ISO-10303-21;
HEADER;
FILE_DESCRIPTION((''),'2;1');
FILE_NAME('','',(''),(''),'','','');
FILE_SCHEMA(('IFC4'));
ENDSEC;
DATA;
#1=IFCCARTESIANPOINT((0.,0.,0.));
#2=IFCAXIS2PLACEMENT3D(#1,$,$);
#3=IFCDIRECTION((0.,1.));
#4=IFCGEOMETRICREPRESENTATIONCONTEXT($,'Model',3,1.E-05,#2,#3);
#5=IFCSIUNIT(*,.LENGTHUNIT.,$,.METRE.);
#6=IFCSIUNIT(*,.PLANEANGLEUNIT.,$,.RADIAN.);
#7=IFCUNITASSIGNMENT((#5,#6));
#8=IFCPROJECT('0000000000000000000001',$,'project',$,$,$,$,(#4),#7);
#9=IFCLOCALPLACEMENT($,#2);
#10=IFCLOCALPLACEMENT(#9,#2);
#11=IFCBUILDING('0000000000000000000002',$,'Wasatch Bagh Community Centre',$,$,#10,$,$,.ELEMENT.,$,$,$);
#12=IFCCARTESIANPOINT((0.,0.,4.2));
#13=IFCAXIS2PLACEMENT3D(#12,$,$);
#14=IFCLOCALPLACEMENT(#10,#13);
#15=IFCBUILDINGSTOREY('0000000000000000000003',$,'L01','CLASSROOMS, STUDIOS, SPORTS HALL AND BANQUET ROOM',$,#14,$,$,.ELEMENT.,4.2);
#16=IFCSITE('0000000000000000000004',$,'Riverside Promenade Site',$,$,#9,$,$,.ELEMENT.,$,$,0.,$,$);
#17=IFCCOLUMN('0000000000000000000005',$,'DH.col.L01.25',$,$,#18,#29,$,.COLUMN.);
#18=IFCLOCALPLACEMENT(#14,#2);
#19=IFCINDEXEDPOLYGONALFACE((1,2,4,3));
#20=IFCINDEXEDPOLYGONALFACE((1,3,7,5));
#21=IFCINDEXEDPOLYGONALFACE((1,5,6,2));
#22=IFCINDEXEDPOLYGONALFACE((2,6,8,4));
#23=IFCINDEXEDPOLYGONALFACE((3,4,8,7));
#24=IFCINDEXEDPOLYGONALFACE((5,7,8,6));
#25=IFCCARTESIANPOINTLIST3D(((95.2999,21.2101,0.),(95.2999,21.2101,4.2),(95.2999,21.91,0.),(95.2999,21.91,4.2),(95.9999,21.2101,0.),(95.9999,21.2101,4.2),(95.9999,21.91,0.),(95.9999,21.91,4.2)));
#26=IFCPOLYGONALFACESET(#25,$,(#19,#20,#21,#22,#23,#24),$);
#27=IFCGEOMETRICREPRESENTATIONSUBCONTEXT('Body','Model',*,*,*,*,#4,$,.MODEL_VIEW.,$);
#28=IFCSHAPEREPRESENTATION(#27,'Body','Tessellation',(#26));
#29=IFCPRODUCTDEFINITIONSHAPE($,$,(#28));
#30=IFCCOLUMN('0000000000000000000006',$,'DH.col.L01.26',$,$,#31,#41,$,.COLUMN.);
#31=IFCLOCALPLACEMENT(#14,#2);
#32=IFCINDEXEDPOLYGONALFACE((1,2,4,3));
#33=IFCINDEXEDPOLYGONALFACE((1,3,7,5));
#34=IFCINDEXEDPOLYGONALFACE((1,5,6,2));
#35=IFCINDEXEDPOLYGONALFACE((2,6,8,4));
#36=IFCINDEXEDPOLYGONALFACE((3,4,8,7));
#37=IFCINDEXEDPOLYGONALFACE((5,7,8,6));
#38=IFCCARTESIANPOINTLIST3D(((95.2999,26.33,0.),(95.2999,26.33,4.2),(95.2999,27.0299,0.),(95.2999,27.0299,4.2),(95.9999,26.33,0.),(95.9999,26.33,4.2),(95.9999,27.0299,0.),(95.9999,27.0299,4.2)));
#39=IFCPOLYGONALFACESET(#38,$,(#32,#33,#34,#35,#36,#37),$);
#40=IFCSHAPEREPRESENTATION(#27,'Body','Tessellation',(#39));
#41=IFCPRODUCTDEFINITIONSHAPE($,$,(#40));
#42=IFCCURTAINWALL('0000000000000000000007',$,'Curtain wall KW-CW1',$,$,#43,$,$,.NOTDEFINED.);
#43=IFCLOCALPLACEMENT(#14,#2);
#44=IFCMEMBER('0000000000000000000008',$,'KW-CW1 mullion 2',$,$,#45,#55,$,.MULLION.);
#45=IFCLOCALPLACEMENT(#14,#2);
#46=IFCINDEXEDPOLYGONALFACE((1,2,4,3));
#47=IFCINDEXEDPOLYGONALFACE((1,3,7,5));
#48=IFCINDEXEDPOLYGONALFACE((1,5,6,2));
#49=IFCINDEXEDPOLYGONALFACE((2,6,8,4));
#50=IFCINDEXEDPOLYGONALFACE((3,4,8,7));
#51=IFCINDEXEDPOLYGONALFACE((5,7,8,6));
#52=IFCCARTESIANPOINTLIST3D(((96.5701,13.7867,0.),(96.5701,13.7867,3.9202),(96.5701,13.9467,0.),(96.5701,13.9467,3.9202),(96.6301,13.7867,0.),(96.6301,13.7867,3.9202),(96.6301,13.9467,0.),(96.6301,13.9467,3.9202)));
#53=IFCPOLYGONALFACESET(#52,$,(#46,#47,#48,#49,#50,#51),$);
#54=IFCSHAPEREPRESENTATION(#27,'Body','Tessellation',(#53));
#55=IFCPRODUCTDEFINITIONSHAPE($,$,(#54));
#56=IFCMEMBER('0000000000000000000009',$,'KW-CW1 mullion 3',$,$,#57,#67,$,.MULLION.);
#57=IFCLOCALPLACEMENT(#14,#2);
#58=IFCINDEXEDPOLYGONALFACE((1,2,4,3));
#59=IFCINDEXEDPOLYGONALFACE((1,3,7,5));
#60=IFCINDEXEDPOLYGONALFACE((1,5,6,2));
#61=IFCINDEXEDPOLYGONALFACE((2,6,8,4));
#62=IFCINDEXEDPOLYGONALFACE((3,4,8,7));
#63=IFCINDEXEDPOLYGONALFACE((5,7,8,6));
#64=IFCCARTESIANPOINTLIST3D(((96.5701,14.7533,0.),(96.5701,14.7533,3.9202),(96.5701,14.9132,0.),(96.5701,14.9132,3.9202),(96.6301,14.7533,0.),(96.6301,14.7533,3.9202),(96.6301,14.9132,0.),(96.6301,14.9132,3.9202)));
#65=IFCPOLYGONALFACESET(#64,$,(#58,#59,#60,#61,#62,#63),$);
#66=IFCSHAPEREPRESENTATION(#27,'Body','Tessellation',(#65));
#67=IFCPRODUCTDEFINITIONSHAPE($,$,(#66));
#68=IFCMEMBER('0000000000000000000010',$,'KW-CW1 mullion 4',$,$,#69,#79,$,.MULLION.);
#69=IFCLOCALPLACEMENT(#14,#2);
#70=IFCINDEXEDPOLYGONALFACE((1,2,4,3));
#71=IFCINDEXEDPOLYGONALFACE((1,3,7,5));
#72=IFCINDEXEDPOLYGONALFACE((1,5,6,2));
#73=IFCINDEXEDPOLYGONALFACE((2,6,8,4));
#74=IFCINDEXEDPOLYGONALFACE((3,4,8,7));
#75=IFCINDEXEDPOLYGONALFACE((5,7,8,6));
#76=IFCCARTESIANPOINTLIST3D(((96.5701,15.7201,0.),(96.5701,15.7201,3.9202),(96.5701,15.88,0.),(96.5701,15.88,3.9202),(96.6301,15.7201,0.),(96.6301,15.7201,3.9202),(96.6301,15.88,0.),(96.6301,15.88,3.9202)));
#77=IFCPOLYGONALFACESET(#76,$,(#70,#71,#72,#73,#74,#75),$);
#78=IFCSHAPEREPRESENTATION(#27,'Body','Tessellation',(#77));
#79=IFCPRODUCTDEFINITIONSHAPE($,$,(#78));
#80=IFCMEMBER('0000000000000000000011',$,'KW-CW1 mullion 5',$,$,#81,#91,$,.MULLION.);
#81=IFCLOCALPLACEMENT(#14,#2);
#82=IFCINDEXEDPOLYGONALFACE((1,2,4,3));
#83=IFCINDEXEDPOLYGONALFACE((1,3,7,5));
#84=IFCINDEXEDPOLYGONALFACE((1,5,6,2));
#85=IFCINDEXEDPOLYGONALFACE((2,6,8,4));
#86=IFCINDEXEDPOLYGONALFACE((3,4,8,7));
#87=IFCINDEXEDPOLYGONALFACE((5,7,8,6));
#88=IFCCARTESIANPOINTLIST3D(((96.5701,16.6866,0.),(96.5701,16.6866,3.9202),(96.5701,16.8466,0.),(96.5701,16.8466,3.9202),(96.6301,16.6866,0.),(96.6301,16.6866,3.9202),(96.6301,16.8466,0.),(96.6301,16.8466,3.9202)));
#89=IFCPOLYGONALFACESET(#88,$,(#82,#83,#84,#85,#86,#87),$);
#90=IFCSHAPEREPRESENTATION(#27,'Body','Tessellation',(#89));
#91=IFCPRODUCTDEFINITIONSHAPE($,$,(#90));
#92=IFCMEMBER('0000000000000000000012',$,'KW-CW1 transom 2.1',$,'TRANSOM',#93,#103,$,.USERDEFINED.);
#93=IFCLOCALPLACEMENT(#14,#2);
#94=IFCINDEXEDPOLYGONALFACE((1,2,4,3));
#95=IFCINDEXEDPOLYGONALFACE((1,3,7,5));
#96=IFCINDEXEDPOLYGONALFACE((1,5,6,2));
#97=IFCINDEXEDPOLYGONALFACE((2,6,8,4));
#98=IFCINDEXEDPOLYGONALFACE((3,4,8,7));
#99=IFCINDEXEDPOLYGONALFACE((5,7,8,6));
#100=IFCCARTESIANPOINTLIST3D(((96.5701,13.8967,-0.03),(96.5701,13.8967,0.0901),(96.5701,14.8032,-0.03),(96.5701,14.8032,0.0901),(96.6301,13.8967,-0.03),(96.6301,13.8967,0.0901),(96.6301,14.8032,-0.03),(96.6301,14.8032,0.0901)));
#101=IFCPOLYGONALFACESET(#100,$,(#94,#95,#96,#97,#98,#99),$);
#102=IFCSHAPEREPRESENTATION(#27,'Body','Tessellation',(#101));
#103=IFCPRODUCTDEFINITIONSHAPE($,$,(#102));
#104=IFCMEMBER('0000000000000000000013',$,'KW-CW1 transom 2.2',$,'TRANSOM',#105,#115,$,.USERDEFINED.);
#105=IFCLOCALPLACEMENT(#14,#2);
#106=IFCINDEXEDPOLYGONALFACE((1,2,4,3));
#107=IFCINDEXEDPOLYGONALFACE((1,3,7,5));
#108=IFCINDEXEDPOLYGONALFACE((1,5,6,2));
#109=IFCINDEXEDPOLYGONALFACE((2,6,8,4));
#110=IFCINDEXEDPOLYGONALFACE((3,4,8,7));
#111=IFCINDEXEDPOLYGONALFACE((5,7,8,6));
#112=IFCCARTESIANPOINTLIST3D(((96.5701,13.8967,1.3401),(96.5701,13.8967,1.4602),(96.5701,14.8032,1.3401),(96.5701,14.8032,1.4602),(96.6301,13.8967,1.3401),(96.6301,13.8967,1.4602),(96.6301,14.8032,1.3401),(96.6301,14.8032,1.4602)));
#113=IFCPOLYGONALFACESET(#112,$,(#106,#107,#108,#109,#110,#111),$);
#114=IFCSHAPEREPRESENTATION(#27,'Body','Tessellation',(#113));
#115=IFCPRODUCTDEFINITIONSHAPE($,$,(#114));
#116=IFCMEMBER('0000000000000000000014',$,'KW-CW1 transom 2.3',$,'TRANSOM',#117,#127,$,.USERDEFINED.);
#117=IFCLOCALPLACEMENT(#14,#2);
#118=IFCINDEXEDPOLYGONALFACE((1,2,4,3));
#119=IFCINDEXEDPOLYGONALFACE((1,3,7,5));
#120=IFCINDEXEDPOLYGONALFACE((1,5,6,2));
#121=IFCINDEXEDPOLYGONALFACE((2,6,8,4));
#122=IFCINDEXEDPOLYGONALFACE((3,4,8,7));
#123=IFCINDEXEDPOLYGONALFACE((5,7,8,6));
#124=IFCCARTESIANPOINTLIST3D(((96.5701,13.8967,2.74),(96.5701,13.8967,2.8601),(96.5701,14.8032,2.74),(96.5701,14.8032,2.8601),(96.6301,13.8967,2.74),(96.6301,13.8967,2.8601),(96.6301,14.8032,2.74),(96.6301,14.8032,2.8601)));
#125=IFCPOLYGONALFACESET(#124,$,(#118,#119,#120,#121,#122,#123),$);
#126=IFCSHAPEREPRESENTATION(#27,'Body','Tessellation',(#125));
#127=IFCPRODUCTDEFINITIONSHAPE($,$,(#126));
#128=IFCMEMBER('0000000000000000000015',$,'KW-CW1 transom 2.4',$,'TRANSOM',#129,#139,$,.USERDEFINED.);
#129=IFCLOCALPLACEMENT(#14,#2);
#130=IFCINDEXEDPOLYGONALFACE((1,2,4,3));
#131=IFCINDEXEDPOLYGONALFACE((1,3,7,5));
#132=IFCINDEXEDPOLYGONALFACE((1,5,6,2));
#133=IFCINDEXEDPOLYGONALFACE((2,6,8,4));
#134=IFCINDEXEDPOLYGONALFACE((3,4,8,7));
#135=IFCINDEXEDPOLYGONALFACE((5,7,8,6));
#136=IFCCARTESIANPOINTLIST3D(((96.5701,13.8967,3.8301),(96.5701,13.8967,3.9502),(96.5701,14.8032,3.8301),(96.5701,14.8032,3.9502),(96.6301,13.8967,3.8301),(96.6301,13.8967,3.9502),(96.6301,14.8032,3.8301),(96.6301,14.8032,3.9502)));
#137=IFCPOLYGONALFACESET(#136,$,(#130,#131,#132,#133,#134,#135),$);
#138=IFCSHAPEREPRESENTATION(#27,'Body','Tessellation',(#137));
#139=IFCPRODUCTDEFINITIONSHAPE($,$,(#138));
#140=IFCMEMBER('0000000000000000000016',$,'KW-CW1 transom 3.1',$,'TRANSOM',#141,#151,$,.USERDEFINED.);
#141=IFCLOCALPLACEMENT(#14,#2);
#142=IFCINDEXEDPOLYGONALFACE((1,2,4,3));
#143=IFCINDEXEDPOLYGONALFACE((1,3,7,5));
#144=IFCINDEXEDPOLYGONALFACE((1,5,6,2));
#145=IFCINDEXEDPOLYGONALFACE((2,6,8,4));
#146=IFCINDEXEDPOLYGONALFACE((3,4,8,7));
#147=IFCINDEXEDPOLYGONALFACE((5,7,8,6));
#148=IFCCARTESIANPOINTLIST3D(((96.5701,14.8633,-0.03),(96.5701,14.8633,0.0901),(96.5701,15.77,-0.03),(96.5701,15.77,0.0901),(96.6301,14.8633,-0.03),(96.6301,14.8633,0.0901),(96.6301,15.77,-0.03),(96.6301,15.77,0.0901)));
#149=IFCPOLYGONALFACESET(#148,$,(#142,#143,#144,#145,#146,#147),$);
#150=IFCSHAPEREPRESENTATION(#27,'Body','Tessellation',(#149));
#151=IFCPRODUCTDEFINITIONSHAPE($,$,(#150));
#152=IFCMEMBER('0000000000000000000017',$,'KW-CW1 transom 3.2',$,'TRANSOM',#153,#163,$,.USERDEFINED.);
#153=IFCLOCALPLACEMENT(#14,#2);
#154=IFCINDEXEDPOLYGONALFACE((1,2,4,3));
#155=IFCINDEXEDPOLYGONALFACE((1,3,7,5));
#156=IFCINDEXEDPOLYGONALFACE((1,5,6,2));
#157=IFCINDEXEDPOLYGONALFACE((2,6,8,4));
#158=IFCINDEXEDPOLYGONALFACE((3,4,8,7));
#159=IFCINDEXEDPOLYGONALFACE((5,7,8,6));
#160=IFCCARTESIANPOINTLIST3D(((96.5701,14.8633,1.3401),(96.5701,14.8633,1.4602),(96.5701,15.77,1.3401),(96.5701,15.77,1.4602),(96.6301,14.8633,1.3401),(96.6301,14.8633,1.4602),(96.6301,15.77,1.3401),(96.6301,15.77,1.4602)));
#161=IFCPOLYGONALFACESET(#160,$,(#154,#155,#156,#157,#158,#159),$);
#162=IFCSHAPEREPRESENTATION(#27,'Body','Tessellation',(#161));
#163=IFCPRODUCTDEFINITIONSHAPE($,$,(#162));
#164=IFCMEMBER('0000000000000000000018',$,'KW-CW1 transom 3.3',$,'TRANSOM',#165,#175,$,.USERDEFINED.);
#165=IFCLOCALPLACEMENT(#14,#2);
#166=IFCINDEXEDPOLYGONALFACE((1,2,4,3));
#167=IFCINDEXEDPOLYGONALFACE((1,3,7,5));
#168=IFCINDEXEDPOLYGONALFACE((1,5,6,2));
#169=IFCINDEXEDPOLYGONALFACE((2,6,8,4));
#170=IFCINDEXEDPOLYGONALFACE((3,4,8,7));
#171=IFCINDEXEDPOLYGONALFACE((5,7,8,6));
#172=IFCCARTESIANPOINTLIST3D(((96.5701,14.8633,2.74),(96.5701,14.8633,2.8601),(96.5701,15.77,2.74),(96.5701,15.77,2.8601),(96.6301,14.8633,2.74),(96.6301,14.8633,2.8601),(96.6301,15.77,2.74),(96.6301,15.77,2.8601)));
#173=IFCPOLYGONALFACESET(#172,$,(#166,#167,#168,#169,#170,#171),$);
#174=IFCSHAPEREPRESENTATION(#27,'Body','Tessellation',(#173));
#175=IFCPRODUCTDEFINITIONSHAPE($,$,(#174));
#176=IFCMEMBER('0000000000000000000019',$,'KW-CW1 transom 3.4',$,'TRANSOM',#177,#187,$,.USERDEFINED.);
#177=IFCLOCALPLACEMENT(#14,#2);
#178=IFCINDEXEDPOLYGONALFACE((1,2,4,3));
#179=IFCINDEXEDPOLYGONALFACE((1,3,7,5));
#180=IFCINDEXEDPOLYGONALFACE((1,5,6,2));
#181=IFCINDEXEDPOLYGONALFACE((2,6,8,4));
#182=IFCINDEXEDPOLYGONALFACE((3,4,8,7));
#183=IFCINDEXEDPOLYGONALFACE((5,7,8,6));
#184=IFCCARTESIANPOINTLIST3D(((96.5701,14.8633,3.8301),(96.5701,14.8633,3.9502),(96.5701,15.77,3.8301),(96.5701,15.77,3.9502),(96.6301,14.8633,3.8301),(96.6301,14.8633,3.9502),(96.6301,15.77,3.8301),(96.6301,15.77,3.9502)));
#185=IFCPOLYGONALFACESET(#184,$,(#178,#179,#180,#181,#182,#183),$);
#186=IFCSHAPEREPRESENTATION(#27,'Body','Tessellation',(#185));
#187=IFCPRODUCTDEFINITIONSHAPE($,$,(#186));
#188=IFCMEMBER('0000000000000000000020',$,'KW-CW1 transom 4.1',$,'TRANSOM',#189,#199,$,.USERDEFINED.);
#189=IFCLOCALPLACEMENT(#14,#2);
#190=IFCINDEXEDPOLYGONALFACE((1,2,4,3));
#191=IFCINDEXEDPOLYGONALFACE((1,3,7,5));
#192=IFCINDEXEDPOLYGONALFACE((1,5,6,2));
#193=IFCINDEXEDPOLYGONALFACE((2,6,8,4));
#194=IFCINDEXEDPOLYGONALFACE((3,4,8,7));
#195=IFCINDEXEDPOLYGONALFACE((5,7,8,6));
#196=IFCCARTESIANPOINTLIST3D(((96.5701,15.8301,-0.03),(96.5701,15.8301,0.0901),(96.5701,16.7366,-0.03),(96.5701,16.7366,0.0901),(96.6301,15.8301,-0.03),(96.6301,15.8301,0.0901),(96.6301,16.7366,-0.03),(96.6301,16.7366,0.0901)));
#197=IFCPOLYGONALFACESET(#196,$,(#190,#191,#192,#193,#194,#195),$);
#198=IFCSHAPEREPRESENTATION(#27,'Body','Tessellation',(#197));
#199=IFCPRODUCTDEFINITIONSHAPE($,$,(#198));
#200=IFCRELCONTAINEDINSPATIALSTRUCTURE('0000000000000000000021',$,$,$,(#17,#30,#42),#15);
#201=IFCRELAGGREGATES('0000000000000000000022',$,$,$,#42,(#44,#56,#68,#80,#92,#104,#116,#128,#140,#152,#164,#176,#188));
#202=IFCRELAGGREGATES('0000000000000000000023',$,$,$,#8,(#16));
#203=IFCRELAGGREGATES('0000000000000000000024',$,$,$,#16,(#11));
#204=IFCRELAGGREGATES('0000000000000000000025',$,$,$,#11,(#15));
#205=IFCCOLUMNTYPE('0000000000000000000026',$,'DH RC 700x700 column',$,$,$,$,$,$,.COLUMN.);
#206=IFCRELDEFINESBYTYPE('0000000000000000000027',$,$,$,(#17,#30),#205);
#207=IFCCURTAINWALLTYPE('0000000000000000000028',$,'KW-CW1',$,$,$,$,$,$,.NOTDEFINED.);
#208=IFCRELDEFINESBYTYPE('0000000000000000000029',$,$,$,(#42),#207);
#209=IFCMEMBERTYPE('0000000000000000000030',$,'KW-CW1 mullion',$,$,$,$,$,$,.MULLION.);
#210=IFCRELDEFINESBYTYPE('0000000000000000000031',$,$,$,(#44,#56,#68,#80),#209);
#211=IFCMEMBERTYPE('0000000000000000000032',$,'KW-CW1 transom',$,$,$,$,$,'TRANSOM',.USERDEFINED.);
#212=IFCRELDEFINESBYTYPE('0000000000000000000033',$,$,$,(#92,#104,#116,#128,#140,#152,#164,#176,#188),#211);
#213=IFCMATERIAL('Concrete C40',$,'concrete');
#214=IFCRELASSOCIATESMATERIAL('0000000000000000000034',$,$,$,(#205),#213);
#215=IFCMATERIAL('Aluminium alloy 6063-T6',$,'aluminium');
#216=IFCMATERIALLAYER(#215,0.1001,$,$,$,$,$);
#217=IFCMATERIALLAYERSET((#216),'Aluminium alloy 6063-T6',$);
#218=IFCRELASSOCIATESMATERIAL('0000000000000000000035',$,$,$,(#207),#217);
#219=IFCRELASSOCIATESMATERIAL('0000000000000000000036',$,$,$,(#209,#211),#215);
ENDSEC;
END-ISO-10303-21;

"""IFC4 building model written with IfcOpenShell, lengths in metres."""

from ifc_helpers import new_model, si_unit, direction, frame, origin, origin_2d, place, context, subcontext, project, spatial, rectangle, extrude, material, layer, layer_set, material_profile, profile_set, type_object, element, aggregate, save


model = new_model("IFC4")

# Units and contexts
model_context = context("Model", 3, precision=1e-05, world=origin(), true_north=direction((0.0, 1.0)))
body_context = subcontext(model_context, "Body", "Model", "MODEL_VIEW")
ifc_project = project(units=[si_unit("LENGTHUNIT", "METRE"), si_unit("PLANEANGLEUNIT", "RADIAN")], contexts=[model_context])

# Site, building, storey
site_placement = place(None, origin())
site = spatial("IfcSite", under=ifc_project, at=site_placement, Name="Riverside Promenade Site", CompositionType="ELEMENT", RefElevation=0.0)
building_placement = place(site_placement, origin())
building = spatial("IfcBuilding", under=site, at=building_placement, Name="Wasatch Bagh Community Centre", CompositionType="ELEMENT")
storey_placement = place(building_placement, frame((0.0, 0.0, 4.2)))
storey = spatial("IfcBuildingStorey", under=building, at=storey_placement, Name="L01", Description="CLASSROOMS, STUDIOS, SPORTS HALL AND BANQUET ROOM", CompositionType="ELEMENT", Elevation=4.2)

# Columns
ifc_material_1 = material(Name="Concrete C40", Category="concrete")
ifc_material_profile_1 = material_profile(ifc_material_1, rectangle(XDim=0.7, YDim=0.7, at=origin_2d()), Name="RC 700x700")
ifc_profile_set_1 = profile_set([ifc_material_profile_1], Name="Concrete C40")
column_type = type_object("IfcColumnType", Name="DH RC 700x700 column", PredefinedType="COLUMN", material=ifc_profile_set_1)
for number, where, z_axis, x_axis, name in (
    (1, (95.6499, 21.5601, 0.0), (0.0, 0.0, 1.0), (1.0, 0.0, 0.0), "DH.col.L01.25"),
    (2, (95.6499, 26.6799, 0.0), (0.0, 0.0, 1.0), (1.0, 0.0, 0.0), "DH.col.L01.26"),
):
    element("IfcColumn", number, at=place(storey_placement, frame(where, z_axis=z_axis, x_axis=x_axis)), inside=storey, type_object=column_type, Name=name, PredefinedType="COLUMN", context=body_context, shape_type="SweptSolid", body=[
        extrude(rectangle(XDim=0.7, YDim=0.7, at=origin_2d()), origin(), (0.0, 0.0, 1.0), 4.2),
    ])

# Curtain wall, members
ifc_material_2 = material(Name="Aluminium alloy 6063-T6", Category="aluminium")
ifc_layer_1 = layer(ifc_material_2, 0.1001)
ifc_layer_set_1 = layer_set([ifc_layer_1], Name="Aluminium alloy 6063-T6")
curtain_wall_type = type_object("IfcCurtainWallType", Name="KW-CW1", PredefinedType="NOTDEFINED", material=ifc_layer_set_1)
curtain_wall_placement = place(storey_placement, origin())
curtain_wall = element("IfcCurtainWall", 3, at=curtain_wall_placement, inside=storey, type_object=curtain_wall_type, Name="Curtain wall KW-CW1", PredefinedType="NOTDEFINED")
ifc_material_profile_2 = material_profile(ifc_material_2, rectangle(XDim=0.0601, YDim=0.1599, at=origin_2d()), Name="AL 60x160")
ifc_profile_set_2 = profile_set([ifc_material_profile_2], Name="Aluminium alloy 6063-T6")
member_type_1 = type_object("IfcMemberType", Name="KW-CW1 mullion", PredefinedType="MULLION", material=ifc_profile_set_2)
member_1_placement = place(storey_placement, frame((96.6001, 13.8667, 0.0), z_axis=(0.0, 0.0, 1.0), x_axis=(-1.0, 0.0, 0.0)))
member_1 = element("IfcMember", 4, at=member_1_placement, type_object=member_type_1, Name="KW-CW1 mullion 2", PredefinedType="MULLION", context=body_context, shape_type="SweptSolid", body=[
    extrude(rectangle(XDim=0.0601, YDim=0.1599, at=origin_2d()), origin(), (0.0, 0.0, 1.0), 3.9202),
])
member_2_placement = place(storey_placement, frame((96.6001, 14.8333, 0.0), z_axis=(0.0, 0.0, 1.0), x_axis=(-1.0, 0.0, 0.0)))
member_2 = element("IfcMember", 5, at=member_2_placement, type_object=member_type_1, Name="KW-CW1 mullion 3", PredefinedType="MULLION", context=body_context, shape_type="SweptSolid", body=[
    extrude(rectangle(XDim=0.0601, YDim=0.1599, at=origin_2d()), origin(), (0.0, 0.0, 1.0), 3.9202),
])
member_3_placement = place(storey_placement, frame((96.6001, 15.8, 0.0), z_axis=(0.0, 0.0, 1.0), x_axis=(-1.0, 0.0, 0.0)))
member_3 = element("IfcMember", 6, at=member_3_placement, type_object=member_type_1, Name="KW-CW1 mullion 4", PredefinedType="MULLION", context=body_context, shape_type="SweptSolid", body=[
    extrude(rectangle(XDim=0.0601, YDim=0.1599, at=origin_2d()), origin(), (0.0, 0.0, 1.0), 3.9202),
])
member_4_placement = place(storey_placement, frame((96.6001, 16.7666, 0.0), z_axis=(0.0, 0.0, 1.0), x_axis=(-1.0, 0.0, 0.0)))
member_4 = element("IfcMember", 7, at=member_4_placement, type_object=member_type_1, Name="KW-CW1 mullion 5", PredefinedType="MULLION", context=body_context, shape_type="SweptSolid", body=[
    extrude(rectangle(XDim=0.0601, YDim=0.1599, at=origin_2d()), origin(), (0.0, 0.0, 1.0), 3.9202),
])
ifc_material_profile_3 = material_profile(ifc_material_2, rectangle(XDim=0.0601, YDim=0.1201, at=origin_2d()), Name="AL 60x120")
ifc_profile_set_3 = profile_set([ifc_material_profile_3], Name="Aluminium alloy 6063-T6")
member_type_2 = type_object("IfcMemberType", Name="KW-CW1 transom", ElementType="TRANSOM", PredefinedType="USERDEFINED", material=ifc_profile_set_3)
member_5_placement = place(storey_placement, frame((96.6001, 13.8967, 0.03), z_axis=(0.0, 1.0, 0.0), x_axis=(-1.0, 0.0, 0.0)))
member_5 = element("IfcMember", 8, at=member_5_placement, type_object=member_type_2, Name="KW-CW1 transom 2.1", ObjectType="TRANSOM", PredefinedType="USERDEFINED", context=body_context, shape_type="SweptSolid", body=[
    extrude(rectangle(XDim=0.0601, YDim=0.1201, at=origin_2d()), origin(), (0.0, 0.0, 1.0), 0.9065),
])
member_6_placement = place(storey_placement, frame((96.6001, 13.8967, 1.4001), z_axis=(0.0, 1.0, 0.0), x_axis=(-1.0, 0.0, 0.0)))
member_6 = element("IfcMember", 9, at=member_6_placement, type_object=member_type_2, Name="KW-CW1 transom 2.2", ObjectType="TRANSOM", PredefinedType="USERDEFINED", context=body_context, shape_type="SweptSolid", body=[
    extrude(rectangle(XDim=0.0601, YDim=0.1201, at=origin_2d()), origin(), (0.0, 0.0, 1.0), 0.9065),
])
member_7_placement = place(storey_placement, frame((96.6001, 13.8967, 2.8), z_axis=(0.0, 1.0, 0.0), x_axis=(-1.0, 0.0, 0.0)))
member_7 = element("IfcMember", 10, at=member_7_placement, type_object=member_type_2, Name="KW-CW1 transom 2.3", ObjectType="TRANSOM", PredefinedType="USERDEFINED", context=body_context, shape_type="SweptSolid", body=[
    extrude(rectangle(XDim=0.0601, YDim=0.1201, at=origin_2d()), origin(), (0.0, 0.0, 1.0), 0.9065),
])
member_8_placement = place(storey_placement, frame((96.6001, 13.8967, 3.8901), z_axis=(0.0, 1.0, 0.0), x_axis=(-1.0, 0.0, 0.0)))
member_8 = element("IfcMember", 11, at=member_8_placement, type_object=member_type_2, Name="KW-CW1 transom 2.4", ObjectType="TRANSOM", PredefinedType="USERDEFINED", context=body_context, shape_type="SweptSolid", body=[
    extrude(rectangle(XDim=0.0601, YDim=0.1201, at=origin_2d()), origin(), (0.0, 0.0, 1.0), 0.9065),
])
member_9_placement = place(storey_placement, frame((96.6001, 14.8633, 0.03), z_axis=(0.0, 1.0, 0.0), x_axis=(-1.0, 0.0, 0.0)))
member_9 = element("IfcMember", 12, at=member_9_placement, type_object=member_type_2, Name="KW-CW1 transom 3.1", ObjectType="TRANSOM", PredefinedType="USERDEFINED", context=body_context, shape_type="SweptSolid", body=[
    extrude(rectangle(XDim=0.0601, YDim=0.1201, at=origin_2d()), origin(), (0.0, 0.0, 1.0), 0.9067),
])
member_10_placement = place(storey_placement, frame((96.6001, 14.8633, 1.4001), z_axis=(0.0, 1.0, 0.0), x_axis=(-1.0, 0.0, 0.0)))
member_10 = element("IfcMember", 13, at=member_10_placement, type_object=member_type_2, Name="KW-CW1 transom 3.2", ObjectType="TRANSOM", PredefinedType="USERDEFINED", context=body_context, shape_type="SweptSolid", body=[
    extrude(rectangle(XDim=0.0601, YDim=0.1201, at=origin_2d()), origin(), (0.0, 0.0, 1.0), 0.9067),
])
member_11_placement = place(storey_placement, frame((96.6001, 14.8633, 2.8), z_axis=(0.0, 1.0, 0.0), x_axis=(-1.0, 0.0, 0.0)))
member_11 = element("IfcMember", 14, at=member_11_placement, type_object=member_type_2, Name="KW-CW1 transom 3.3", ObjectType="TRANSOM", PredefinedType="USERDEFINED", context=body_context, shape_type="SweptSolid", body=[
    extrude(rectangle(XDim=0.0601, YDim=0.1201, at=origin_2d()), origin(), (0.0, 0.0, 1.0), 0.9067),
])
member_12_placement = place(storey_placement, frame((96.6001, 14.8633, 3.8901), z_axis=(0.0, 1.0, 0.0), x_axis=(-1.0, 0.0, 0.0)))
member_12 = element("IfcMember", 15, at=member_12_placement, type_object=member_type_2, Name="KW-CW1 transom 3.4", ObjectType="TRANSOM", PredefinedType="USERDEFINED", context=body_context, shape_type="SweptSolid", body=[
    extrude(rectangle(XDim=0.0601, YDim=0.1201, at=origin_2d()), origin(), (0.0, 0.0, 1.0), 0.9067),
])
member_13_placement = place(storey_placement, frame((96.6001, 15.8301, 0.03), z_axis=(0.0, 1.0, 0.0), x_axis=(-1.0, 0.0, 0.0)))
member_13 = element("IfcMember", 16, at=member_13_placement, type_object=member_type_2, Name="KW-CW1 transom 4.1", ObjectType="TRANSOM", PredefinedType="USERDEFINED", context=body_context, shape_type="SweptSolid", body=[
    extrude(rectangle(XDim=0.0601, YDim=0.1201, at=origin_2d()), origin(), (0.0, 0.0, 1.0), 0.9065),
])
aggregate(curtain_wall, [member_1, member_2, member_3, member_4, member_5, member_6, member_7, member_8, member_9, member_10, member_11, member_12, member_13])

save(model, "model.ifc")
